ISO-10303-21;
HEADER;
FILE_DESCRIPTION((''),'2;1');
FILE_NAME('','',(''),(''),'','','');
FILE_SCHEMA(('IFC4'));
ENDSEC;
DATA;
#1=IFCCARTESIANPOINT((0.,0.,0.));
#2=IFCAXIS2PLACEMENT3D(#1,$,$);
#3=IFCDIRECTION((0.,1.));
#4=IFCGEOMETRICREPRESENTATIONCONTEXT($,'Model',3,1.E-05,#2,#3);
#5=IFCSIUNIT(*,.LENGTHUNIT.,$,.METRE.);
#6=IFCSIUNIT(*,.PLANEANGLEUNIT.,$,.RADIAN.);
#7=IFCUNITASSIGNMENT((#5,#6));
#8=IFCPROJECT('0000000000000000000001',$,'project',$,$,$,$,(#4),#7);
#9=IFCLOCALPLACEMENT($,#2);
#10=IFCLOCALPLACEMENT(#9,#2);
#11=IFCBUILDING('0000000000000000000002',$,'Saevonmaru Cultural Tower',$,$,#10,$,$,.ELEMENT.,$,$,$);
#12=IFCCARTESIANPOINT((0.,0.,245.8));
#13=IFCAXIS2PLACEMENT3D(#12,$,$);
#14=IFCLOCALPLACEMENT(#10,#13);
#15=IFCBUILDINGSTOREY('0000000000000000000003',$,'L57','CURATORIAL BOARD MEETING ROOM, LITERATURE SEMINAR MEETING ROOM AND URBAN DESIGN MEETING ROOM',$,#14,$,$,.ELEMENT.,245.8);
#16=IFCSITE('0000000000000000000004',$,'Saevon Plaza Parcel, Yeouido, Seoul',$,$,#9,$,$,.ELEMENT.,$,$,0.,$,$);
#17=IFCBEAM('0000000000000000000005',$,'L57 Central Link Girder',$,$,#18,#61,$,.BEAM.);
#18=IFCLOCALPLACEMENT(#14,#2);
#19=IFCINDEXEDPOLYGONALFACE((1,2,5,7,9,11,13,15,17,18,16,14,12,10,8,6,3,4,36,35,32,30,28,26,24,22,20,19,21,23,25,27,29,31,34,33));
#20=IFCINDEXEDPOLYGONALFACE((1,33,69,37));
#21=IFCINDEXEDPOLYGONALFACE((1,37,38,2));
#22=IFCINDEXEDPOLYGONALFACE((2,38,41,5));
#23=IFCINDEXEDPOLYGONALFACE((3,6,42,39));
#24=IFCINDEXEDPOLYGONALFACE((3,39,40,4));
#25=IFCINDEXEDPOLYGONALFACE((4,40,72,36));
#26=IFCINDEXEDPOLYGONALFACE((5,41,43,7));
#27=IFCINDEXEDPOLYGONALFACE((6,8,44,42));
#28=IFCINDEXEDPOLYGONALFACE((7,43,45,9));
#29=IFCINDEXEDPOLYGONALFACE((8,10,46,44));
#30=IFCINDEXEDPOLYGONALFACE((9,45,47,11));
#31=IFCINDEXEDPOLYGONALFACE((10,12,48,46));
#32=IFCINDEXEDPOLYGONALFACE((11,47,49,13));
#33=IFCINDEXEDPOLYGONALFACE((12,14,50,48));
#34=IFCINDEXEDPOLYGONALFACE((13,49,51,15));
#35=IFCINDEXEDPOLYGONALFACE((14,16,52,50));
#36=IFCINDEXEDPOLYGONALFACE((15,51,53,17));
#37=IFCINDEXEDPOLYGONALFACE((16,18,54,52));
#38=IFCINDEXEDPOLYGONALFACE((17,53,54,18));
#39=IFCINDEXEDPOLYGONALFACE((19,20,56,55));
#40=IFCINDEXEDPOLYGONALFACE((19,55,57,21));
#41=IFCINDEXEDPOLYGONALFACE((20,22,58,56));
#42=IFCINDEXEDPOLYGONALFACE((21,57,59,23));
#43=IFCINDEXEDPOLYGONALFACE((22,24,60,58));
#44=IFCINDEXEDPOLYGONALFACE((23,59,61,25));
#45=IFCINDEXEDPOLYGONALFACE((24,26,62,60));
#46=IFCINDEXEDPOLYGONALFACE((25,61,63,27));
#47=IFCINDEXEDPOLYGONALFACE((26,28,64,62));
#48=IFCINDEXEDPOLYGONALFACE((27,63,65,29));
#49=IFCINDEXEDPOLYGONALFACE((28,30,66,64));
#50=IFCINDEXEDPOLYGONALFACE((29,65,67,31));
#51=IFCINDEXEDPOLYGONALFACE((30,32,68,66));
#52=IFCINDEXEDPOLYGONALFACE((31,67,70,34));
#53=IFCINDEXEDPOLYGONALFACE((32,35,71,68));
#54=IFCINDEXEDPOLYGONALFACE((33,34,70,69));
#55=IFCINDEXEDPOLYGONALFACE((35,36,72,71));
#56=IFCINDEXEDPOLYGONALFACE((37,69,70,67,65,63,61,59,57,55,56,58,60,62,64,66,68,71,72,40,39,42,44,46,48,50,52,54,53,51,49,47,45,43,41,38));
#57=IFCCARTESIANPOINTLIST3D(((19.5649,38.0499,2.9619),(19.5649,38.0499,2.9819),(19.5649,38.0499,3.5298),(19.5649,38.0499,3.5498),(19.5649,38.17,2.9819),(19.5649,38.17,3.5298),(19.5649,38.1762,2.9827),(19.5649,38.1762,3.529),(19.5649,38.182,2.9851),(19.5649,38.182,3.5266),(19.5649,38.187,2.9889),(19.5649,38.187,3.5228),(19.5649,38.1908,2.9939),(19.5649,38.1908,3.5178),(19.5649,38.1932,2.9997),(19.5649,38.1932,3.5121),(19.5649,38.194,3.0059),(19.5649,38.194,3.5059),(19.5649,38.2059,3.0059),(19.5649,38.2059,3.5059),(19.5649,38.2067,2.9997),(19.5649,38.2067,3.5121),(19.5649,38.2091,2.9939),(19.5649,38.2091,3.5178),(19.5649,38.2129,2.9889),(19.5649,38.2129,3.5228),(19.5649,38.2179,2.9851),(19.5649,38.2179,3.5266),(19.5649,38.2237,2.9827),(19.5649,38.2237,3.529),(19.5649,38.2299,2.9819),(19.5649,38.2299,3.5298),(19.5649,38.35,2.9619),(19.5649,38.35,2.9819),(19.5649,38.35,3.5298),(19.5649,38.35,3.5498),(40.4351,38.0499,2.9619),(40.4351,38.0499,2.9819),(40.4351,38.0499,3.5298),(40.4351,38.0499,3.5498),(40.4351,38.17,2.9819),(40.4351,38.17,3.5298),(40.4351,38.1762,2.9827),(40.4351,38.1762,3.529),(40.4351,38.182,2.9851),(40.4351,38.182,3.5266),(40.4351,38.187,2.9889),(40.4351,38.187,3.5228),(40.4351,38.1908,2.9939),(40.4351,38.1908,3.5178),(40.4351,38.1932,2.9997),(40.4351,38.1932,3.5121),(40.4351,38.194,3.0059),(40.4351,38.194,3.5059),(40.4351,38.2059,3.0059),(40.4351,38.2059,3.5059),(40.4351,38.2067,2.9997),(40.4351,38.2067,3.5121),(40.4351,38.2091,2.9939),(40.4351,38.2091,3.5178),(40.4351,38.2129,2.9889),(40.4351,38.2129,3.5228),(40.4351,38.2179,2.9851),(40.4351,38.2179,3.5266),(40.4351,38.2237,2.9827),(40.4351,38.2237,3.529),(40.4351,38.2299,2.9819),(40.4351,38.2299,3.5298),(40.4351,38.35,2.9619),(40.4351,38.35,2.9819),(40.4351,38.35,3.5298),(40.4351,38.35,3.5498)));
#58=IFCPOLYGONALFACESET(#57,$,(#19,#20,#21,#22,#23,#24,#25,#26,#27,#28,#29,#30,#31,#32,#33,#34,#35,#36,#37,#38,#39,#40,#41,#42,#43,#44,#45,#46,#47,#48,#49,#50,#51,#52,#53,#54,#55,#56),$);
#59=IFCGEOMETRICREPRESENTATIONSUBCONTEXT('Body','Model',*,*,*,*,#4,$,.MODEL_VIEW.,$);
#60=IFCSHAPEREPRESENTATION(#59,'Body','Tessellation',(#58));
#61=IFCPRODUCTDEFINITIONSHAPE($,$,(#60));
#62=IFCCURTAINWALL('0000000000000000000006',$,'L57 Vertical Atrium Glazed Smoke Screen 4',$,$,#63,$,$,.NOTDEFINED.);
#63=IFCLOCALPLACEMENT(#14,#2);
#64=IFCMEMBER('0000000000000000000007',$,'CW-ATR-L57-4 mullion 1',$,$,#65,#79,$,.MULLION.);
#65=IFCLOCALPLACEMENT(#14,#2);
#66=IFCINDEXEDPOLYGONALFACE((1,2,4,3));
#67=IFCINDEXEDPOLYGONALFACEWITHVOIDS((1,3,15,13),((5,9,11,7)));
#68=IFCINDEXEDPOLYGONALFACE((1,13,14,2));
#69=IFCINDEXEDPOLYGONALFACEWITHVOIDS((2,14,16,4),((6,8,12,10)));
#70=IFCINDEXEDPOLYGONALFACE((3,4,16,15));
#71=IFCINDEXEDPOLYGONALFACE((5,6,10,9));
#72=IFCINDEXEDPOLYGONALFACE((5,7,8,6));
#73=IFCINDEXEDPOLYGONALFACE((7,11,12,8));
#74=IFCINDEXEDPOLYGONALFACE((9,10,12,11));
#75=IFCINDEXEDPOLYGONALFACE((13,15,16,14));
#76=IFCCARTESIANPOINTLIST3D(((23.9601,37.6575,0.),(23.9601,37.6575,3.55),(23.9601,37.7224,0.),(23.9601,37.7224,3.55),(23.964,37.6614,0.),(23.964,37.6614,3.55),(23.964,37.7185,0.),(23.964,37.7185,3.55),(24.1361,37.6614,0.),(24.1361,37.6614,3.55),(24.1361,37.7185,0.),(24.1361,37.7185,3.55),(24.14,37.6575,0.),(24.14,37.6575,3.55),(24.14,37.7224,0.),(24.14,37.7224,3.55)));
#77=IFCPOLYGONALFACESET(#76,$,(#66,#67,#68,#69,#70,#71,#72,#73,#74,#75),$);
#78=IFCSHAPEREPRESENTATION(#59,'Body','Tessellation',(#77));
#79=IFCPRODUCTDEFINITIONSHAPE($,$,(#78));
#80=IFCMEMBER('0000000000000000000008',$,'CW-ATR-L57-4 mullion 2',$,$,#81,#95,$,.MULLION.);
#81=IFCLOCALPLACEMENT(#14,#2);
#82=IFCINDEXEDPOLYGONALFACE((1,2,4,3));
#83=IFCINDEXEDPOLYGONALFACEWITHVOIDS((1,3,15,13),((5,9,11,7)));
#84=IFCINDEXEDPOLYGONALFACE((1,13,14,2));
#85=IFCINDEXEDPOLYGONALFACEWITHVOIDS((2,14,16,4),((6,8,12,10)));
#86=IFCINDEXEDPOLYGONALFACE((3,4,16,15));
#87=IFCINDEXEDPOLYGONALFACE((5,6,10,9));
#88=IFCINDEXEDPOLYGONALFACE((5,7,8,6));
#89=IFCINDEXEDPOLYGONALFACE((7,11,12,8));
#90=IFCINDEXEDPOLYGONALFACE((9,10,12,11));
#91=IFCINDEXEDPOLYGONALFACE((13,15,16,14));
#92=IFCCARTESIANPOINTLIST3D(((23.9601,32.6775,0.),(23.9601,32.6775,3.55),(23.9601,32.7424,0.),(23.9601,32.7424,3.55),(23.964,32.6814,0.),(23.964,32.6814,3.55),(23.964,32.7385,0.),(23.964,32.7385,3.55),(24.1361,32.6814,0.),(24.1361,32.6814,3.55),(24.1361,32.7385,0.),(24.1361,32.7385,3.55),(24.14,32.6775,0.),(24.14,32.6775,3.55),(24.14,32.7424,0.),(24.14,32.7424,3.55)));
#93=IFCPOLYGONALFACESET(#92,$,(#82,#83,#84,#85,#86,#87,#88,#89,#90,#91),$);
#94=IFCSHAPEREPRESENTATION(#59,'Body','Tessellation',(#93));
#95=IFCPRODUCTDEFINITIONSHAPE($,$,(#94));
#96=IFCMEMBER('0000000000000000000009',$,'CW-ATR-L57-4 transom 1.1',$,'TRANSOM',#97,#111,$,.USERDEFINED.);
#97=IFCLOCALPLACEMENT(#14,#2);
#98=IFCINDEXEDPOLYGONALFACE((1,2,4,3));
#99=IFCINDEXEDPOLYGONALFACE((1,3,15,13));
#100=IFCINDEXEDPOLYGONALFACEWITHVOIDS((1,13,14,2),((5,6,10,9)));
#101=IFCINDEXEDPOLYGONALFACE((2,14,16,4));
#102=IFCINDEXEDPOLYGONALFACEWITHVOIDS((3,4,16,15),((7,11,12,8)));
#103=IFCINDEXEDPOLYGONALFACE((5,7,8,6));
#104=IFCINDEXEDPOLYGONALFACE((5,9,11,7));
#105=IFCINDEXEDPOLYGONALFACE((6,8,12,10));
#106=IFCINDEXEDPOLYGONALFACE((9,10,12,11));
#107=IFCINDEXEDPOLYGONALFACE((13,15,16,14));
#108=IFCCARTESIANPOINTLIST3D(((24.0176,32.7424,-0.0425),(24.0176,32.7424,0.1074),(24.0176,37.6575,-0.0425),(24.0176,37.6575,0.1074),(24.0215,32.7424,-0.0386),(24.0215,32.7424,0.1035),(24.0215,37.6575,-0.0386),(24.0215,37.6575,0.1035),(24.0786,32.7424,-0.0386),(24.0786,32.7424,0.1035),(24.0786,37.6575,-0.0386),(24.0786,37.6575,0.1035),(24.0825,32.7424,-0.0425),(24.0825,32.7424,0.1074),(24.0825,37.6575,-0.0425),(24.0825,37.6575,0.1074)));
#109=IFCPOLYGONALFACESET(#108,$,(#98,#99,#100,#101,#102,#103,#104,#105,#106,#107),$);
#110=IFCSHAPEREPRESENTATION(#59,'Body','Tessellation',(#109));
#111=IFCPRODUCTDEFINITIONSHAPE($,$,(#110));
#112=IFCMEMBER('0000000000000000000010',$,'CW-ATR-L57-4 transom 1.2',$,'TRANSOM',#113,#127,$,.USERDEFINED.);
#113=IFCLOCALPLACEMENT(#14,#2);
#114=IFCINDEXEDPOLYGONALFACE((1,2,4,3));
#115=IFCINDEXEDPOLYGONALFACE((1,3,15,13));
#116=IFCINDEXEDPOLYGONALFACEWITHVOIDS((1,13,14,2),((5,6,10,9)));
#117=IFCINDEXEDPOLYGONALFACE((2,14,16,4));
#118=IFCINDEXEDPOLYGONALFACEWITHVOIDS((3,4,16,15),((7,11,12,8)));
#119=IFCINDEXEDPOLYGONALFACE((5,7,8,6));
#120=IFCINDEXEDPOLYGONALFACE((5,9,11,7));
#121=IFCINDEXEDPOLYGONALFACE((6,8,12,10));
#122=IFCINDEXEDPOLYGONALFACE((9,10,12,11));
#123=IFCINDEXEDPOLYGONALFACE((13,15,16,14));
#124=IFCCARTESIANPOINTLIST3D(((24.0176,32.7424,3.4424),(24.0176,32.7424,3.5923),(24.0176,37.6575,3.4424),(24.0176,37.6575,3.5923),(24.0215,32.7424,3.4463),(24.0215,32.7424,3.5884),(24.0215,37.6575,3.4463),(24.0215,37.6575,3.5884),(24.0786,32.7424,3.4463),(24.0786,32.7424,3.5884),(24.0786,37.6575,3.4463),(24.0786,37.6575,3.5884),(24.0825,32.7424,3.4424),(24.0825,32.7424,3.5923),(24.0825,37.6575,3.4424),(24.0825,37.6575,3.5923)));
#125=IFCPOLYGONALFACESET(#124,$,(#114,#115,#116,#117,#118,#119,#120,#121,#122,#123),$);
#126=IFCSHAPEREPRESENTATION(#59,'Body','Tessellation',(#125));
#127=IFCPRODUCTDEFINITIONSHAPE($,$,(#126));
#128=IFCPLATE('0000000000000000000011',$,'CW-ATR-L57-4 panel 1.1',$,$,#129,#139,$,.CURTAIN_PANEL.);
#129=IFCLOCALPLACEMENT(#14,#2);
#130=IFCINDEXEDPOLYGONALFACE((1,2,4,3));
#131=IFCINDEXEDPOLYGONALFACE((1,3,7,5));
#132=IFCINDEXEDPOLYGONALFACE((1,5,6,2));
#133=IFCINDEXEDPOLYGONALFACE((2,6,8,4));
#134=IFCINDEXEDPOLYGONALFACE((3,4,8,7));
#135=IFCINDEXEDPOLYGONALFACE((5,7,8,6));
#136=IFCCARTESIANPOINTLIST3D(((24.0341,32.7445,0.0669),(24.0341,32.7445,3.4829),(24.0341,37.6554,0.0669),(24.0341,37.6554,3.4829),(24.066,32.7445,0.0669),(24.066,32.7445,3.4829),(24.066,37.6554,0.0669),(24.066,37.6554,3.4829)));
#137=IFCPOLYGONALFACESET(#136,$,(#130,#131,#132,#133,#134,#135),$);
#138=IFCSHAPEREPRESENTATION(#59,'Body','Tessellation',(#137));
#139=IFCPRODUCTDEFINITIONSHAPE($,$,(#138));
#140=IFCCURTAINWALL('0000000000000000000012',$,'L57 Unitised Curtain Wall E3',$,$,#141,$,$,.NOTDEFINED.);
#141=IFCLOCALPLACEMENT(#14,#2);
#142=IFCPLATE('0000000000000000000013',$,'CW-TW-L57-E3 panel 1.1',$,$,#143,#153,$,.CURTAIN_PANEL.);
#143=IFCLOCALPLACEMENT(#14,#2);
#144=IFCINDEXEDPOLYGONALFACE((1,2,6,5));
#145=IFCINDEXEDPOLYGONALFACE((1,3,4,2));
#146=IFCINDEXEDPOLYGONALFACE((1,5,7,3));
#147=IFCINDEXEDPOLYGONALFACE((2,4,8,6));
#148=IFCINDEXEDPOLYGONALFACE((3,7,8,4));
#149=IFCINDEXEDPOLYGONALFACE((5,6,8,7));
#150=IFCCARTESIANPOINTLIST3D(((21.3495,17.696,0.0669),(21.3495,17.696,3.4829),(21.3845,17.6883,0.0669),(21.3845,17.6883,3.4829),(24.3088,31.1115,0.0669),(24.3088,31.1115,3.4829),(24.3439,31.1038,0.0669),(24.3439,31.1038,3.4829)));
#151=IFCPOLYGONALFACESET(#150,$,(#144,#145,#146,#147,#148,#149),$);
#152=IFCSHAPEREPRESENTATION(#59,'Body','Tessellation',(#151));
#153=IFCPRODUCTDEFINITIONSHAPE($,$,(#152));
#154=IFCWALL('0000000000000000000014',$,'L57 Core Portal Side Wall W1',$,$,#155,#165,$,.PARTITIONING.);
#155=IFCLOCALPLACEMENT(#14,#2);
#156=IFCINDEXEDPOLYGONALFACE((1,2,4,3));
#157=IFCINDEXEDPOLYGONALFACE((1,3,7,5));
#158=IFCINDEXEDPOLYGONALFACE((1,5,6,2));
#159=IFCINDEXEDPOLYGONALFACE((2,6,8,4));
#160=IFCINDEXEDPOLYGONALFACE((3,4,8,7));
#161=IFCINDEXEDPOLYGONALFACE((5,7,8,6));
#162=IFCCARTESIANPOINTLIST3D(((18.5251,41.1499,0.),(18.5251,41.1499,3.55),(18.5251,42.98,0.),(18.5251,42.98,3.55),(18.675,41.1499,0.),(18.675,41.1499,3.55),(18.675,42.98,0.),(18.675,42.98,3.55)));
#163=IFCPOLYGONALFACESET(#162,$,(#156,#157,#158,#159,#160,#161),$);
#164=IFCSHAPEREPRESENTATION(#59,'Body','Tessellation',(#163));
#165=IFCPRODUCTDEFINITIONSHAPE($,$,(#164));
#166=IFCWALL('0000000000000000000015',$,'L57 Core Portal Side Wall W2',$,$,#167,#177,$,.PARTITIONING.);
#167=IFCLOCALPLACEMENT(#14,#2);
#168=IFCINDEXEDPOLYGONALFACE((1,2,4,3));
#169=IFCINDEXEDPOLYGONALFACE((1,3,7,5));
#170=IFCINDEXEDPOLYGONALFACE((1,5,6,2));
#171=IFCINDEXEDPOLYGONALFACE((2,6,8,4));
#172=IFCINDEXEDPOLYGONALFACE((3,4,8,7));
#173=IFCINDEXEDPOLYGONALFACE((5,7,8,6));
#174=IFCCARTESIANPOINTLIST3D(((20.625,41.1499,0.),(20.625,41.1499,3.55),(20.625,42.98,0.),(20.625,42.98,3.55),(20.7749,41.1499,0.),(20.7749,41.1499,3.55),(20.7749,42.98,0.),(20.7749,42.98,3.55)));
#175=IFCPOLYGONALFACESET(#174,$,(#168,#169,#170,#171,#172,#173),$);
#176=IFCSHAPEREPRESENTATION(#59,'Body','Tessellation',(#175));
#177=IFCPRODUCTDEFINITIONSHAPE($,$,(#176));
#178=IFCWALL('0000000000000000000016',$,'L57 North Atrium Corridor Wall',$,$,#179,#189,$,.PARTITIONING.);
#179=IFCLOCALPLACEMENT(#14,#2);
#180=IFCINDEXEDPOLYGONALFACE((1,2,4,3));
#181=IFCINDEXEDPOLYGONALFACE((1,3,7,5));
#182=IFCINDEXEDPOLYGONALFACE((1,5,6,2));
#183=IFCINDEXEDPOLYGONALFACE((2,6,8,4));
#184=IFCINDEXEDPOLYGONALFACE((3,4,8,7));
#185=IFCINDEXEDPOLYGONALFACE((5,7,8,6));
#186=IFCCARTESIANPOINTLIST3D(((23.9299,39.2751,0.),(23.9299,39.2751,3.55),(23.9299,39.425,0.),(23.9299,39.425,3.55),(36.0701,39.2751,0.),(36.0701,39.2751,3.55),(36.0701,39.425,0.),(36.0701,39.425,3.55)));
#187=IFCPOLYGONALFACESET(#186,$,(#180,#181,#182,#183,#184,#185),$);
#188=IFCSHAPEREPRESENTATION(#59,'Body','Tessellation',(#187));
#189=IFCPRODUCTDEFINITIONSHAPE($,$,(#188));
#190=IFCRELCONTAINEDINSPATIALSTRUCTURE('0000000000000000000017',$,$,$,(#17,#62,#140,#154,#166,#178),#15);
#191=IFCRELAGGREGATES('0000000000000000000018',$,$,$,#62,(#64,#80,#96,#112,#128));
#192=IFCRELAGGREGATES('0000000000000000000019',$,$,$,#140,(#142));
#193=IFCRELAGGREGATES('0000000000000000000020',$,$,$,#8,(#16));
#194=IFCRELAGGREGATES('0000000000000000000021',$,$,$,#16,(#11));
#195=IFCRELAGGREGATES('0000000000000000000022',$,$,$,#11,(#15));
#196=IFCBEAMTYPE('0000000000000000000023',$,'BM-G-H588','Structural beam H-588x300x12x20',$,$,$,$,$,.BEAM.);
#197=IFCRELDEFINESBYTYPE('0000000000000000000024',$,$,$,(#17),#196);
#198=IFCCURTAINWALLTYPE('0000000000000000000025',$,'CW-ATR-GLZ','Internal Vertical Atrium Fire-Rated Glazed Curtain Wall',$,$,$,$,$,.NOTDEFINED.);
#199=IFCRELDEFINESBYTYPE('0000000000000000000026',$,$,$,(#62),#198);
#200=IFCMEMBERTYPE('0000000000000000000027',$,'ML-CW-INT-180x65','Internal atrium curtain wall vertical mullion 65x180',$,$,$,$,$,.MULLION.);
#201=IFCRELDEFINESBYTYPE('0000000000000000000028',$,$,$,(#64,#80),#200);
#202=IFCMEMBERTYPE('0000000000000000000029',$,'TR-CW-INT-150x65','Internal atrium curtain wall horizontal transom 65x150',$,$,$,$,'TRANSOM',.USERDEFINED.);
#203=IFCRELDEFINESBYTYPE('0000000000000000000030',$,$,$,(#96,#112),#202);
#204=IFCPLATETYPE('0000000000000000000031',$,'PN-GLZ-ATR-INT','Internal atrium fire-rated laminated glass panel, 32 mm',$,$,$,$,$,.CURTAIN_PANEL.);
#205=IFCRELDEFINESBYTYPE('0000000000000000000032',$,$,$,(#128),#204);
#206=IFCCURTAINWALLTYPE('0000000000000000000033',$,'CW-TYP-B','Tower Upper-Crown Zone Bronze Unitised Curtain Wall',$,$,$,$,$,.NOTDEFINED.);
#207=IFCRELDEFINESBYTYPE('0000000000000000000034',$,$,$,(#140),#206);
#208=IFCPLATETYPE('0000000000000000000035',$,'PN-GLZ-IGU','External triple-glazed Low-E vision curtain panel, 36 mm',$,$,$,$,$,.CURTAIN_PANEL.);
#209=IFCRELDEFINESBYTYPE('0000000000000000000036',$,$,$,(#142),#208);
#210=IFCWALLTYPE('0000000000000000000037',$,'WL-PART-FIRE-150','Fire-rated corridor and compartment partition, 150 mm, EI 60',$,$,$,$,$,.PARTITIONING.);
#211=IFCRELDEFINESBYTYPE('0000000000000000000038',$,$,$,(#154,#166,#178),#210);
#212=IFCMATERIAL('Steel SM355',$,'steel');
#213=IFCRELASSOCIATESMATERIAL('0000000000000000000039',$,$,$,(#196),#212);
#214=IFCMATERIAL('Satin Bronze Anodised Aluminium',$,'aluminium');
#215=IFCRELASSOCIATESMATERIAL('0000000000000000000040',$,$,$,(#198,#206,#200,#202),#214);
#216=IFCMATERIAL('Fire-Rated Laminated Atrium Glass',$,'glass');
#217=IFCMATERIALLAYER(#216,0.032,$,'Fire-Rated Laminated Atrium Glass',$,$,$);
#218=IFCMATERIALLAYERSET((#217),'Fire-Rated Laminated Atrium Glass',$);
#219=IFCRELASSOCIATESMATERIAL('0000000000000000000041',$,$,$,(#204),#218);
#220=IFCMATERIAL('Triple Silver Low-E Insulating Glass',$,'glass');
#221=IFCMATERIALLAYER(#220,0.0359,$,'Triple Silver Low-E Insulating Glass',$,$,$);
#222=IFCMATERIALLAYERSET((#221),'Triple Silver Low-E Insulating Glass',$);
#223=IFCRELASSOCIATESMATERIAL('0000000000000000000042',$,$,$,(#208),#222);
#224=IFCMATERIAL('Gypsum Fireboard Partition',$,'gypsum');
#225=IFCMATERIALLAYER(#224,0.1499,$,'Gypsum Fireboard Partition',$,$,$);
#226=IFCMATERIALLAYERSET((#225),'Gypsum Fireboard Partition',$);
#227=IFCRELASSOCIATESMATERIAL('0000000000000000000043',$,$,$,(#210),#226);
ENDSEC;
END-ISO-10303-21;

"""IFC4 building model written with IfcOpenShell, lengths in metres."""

from ifc_helpers import new_model, si_unit, direction, frame, frame_2d, origin, origin_2d, place, context, subcontext, project, spatial, rectangle, hollow_rectangle, i_section, extrude, material, layer, layer_set, material_profile, profile_set, type_object, element, aggregate, save


model = new_model("IFC4")

# Units and contexts
model_context = context("Model", 3, precision=1e-05, world=origin(), true_north=direction((0.0, 1.0)))
body_context = subcontext(model_context, "Body", "Model", "MODEL_VIEW")
ifc_project = project(units=[si_unit("LENGTHUNIT", "METRE"), si_unit("PLANEANGLEUNIT", "RADIAN")], contexts=[model_context])

# Site, building, storey
site_placement = place(None, origin())
site = spatial("IfcSite", under=ifc_project, at=site_placement, Name="Saevon Plaza Parcel, Yeouido, Seoul", CompositionType="ELEMENT", RefElevation=0.0)
building_placement = place(site_placement, origin())
building = spatial("IfcBuilding", under=site, at=building_placement, Name="Saevonmaru Cultural Tower", CompositionType="ELEMENT")
storey_placement = place(building_placement, frame((0.0, 0.0, 245.8)))
storey = spatial("IfcBuildingStorey", under=building, at=storey_placement, Name="L57", Description="CURATORIAL BOARD MEETING ROOM, LITERATURE SEMINAR MEETING ROOM AND URBAN DESIGN MEETING ROOM", CompositionType="ELEMENT", Elevation=245.8)

# Shared definitions
ifc_material_1 = material(Name="Steel SM355", Category="steel")

# Beam
ifc_material_profile_1 = material_profile(ifc_material_1, i_section(OverallWidth=0.3, OverallDepth=0.5879, WebThickness=0.012, FlangeThickness=0.02, FilletRadius=0.0239, at=origin_2d()), Name="H-588x300x12x20")
ifc_profile_set_1 = profile_set([ifc_material_profile_1], Name="Steel SM355")
beam_type = type_object("IfcBeamType", Name="BM-G-H588", Description="Structural beam H-588x300x12x20", PredefinedType="BEAM", material=ifc_profile_set_1)
beam_1_placement = place(storey_placement, frame((19.5649, 38.2, 3.2559), z_axis=(1.0, 0.0, 0.0), x_axis=(0.0, 1.0, 0.0)))
element("IfcBeam", 1, at=beam_1_placement, inside=storey, type_object=beam_type, Name="L57 Central Link Girder", PredefinedType="BEAM", context=body_context, shape_type="SweptSolid", body=[
    extrude(i_section(OverallWidth=0.3, OverallDepth=0.5879, WebThickness=0.012, FlangeThickness=0.02, FilletRadius=0.0239, at=origin_2d()), origin(), (0.0, 0.0, 1.0), 20.8701),
])

# Curtain wall, members, plate
ifc_material_2 = material(Name="Satin Bronze Anodised Aluminium", Category="aluminium")
curtain_wall_type_1 = type_object("IfcCurtainWallType", Name="CW-ATR-GLZ", Description="Internal Vertical Atrium Fire-Rated Glazed Curtain Wall", PredefinedType="NOTDEFINED", material=ifc_material_2)
curtain_wall_1_placement = place(storey_placement, origin())
curtain_wall_1 = element("IfcCurtainWall", 2, at=curtain_wall_1_placement, inside=storey, type_object=curtain_wall_type_1, Name="L57 Vertical Atrium Glazed Smoke Screen 4", PredefinedType="NOTDEFINED")
ifc_material_profile_2 = material_profile(ifc_material_2, hollow_rectangle(XDim=0.0649, YDim=0.1799, WallThickness=0.0039, at=origin_2d()), Name="ALU-MULL-180x65x4")
ifc_profile_set_2 = profile_set([ifc_material_profile_2], Name="Satin Bronze Anodised Aluminium")
member_type_1 = type_object("IfcMemberType", Name="ML-CW-INT-180x65", Description="Internal atrium curtain wall vertical mullion 65x180", PredefinedType="MULLION", material=ifc_profile_set_2)
member_1_placement = place(storey_placement, frame((24.05, 37.6899, 0.0), z_axis=(0.0, 0.0, 1.0), x_axis=(0.0, -1.0, 0.0)))
member_1 = element("IfcMember", 3, at=member_1_placement, type_object=member_type_1, Name="CW-ATR-L57-4 mullion 1", PredefinedType="MULLION", context=body_context, shape_type="SweptSolid", body=[
    extrude(hollow_rectangle(XDim=0.0649, YDim=0.1799, WallThickness=0.0039, at=origin_2d()), origin(), (0.0, 0.0, 1.0), 3.55),
])
member_2_placement = place(storey_placement, frame((24.05, 32.71, 0.0), z_axis=(0.0, 0.0, 1.0), x_axis=(0.0, -1.0, 0.0)))
member_2 = element("IfcMember", 4, at=member_2_placement, type_object=member_type_1, Name="CW-ATR-L57-4 mullion 2", PredefinedType="MULLION", context=body_context, shape_type="SweptSolid", body=[
    extrude(hollow_rectangle(XDim=0.0649, YDim=0.1799, WallThickness=0.0039, at=origin_2d()), origin(), (0.0, 0.0, 1.0), 3.55),
])
ifc_material_profile_3 = material_profile(ifc_material_2, hollow_rectangle(XDim=0.0649, YDim=0.1499, WallThickness=0.0039, at=origin_2d()), Name="ALU-TRAN-150x65x4")
ifc_profile_set_3 = profile_set([ifc_material_profile_3], Name="Satin Bronze Anodised Aluminium")
member_type_2 = type_object("IfcMemberType", Name="TR-CW-INT-150x65", Description="Internal atrium curtain wall horizontal transom 65x150", ElementType="TRANSOM", PredefinedType="USERDEFINED", material=ifc_profile_set_3)
member_3_placement = place(storey_placement, frame((24.05, 37.6575, 0.0325), z_axis=(0.0, -1.0, 0.0), x_axis=(1.0, 0.0, 0.0)))
member_3 = element("IfcMember", 5, at=member_3_placement, type_object=member_type_2, Name="CW-ATR-L57-4 transom 1.1", ObjectType="TRANSOM", PredefinedType="USERDEFINED", context=body_context, shape_type="SweptSolid", body=[
    extrude(hollow_rectangle(XDim=0.0649, YDim=0.1499, WallThickness=0.0039, at=origin_2d()), origin(), (0.0, 0.0, 1.0), 4.915),
])
member_4_placement = place(storey_placement, frame((24.05, 37.6575, 3.5173), z_axis=(0.0, -1.0, 0.0), x_axis=(1.0, 0.0, 0.0)))
member_4 = element("IfcMember", 6, at=member_4_placement, type_object=member_type_2, Name="CW-ATR-L57-4 transom 1.2", ObjectType="TRANSOM", PredefinedType="USERDEFINED", context=body_context, shape_type="SweptSolid", body=[
    extrude(hollow_rectangle(XDim=0.0649, YDim=0.1499, WallThickness=0.0039, at=origin_2d()), origin(), (0.0, 0.0, 1.0), 4.915),
])
ifc_material_3 = material(Name="Fire-Rated Laminated Atrium Glass", Category="glass")
ifc_layer_1 = layer(ifc_material_3, 0.032, Name="Fire-Rated Laminated Atrium Glass")
ifc_layer_set_1 = layer_set([ifc_layer_1], Name="Fire-Rated Laminated Atrium Glass")
plate_type_1 = type_object("IfcPlateType", Name="PN-GLZ-ATR-INT", Description="Internal atrium fire-rated laminated glass panel, 32 mm", PredefinedType="CURTAIN_PANEL", material=ifc_layer_set_1)
plate_1_placement = place(storey_placement, frame((24.05, 35.2, 0.0669), z_axis=(0.0, 0.0, 1.0), x_axis=(0.0, -1.0, 0.0)))
plate_1 = element("IfcPlate", 7, at=plate_1_placement, type_object=plate_type_1, Name="CW-ATR-L57-4 panel 1.1", PredefinedType="CURTAIN_PANEL", context=body_context, shape_type="SweptSolid", body=[
    extrude(rectangle(XDim=4.9109, YDim=0.032, at=origin_2d()), origin(), (0.0, 0.0, 1.0), 3.416),
])
aggregate(curtain_wall_1, [member_1, member_2, member_3, member_4, plate_1])

# Curtain wall, plate
curtain_wall_type_2 = type_object("IfcCurtainWallType", Name="CW-TYP-B", Description="Tower Upper-Crown Zone Bronze Unitised Curtain Wall", PredefinedType="NOTDEFINED", material=ifc_material_2)
curtain_wall_2_placement = place(storey_placement, origin())
curtain_wall_2 = element("IfcCurtainWall", 8, at=curtain_wall_2_placement, inside=storey, type_object=curtain_wall_type_2, Name="L57 Unitised Curtain Wall E3", PredefinedType="NOTDEFINED")
ifc_material_4 = material(Name="Triple Silver Low-E Insulating Glass", Category="glass")
ifc_layer_2 = layer(ifc_material_4, 0.0359, Name="Triple Silver Low-E Insulating Glass")
ifc_layer_set_2 = layer_set([ifc_layer_2], Name="Triple Silver Low-E Insulating Glass")
plate_type_2 = type_object("IfcPlateType", Name="PN-GLZ-IGU", Description="External triple-glazed Low-E vision curtain panel, 36 mm", PredefinedType="CURTAIN_PANEL", material=ifc_layer_set_2)
plate_2_placement = place(storey_placement, frame((22.8467, 24.3999, 0.0669), z_axis=(0.0, 0.0, 1.0), x_axis=(0.215413, 0.976523, 0.0)))
plate_2 = element("IfcPlate", 9, at=plate_2_placement, type_object=plate_type_2, Name="CW-TW-L57-E3 panel 1.1", PredefinedType="CURTAIN_PANEL", context=body_context, shape_type="SweptSolid", body=[
    extrude(rectangle(XDim=13.738, YDim=0.0359, at=origin_2d()), origin(), (0.0, 0.0, 1.0), 3.416),
])
aggregate(curtain_wall_2, [plate_2])

# Walls
ifc_material_5 = material(Name="Gypsum Fireboard Partition", Category="gypsum")
ifc_layer_3 = layer(ifc_material_5, 0.1499, Name="Gypsum Fireboard Partition")
ifc_layer_set_3 = layer_set([ifc_layer_3], Name="Gypsum Fireboard Partition")
wall_type_1 = type_object("IfcWallType", Name="WL-PART-FIRE-150", Description="Fire-rated corridor and compartment partition, 150 mm, EI 60", PredefinedType="PARTITIONING", material=ifc_layer_set_3)
for number, where, z_axis, x_axis, name in (
    (10, (18.6001, 41.1499, 0.0), (0.0, 0.0, 1.0), (0.0, 1.0, 0.0), "L57 Core Portal Side Wall W1"),
    (11, (20.7, 41.1499, 0.0), (0.0, 0.0, 1.0), (0.0, 1.0, 0.0), "L57 Core Portal Side Wall W2"),
):
    element("IfcWall", number, at=place(storey_placement, frame(where, z_axis=z_axis, x_axis=x_axis)), inside=storey, type_object=wall_type_1, Name=name, PredefinedType="PARTITIONING", context=body_context, shape_type="SweptSolid", body=[
        extrude(rectangle(XDim=1.8301, YDim=0.1499, at=frame_2d((0.915, 0.0))), origin(), (0.0, 0.0, 1.0), 3.55),
    ])
wall_1_placement = place(storey_placement, frame((23.9299, 39.3501, 0.0), z_axis=(0.0, 0.0, 1.0), x_axis=(1.0, 0.0, 0.0)))
element("IfcWall", 12, at=wall_1_placement, inside=storey, type_object=wall_type_1, Name="L57 North Atrium Corridor Wall", PredefinedType="PARTITIONING", context=body_context, shape_type="SweptSolid", body=[
    extrude(rectangle(XDim=12.1401, YDim=0.1499, at=frame_2d((6.0701, 0.0))), origin(), (0.0, 0.0, 1.0), 3.55),
])

save(model, "model.ifc")
